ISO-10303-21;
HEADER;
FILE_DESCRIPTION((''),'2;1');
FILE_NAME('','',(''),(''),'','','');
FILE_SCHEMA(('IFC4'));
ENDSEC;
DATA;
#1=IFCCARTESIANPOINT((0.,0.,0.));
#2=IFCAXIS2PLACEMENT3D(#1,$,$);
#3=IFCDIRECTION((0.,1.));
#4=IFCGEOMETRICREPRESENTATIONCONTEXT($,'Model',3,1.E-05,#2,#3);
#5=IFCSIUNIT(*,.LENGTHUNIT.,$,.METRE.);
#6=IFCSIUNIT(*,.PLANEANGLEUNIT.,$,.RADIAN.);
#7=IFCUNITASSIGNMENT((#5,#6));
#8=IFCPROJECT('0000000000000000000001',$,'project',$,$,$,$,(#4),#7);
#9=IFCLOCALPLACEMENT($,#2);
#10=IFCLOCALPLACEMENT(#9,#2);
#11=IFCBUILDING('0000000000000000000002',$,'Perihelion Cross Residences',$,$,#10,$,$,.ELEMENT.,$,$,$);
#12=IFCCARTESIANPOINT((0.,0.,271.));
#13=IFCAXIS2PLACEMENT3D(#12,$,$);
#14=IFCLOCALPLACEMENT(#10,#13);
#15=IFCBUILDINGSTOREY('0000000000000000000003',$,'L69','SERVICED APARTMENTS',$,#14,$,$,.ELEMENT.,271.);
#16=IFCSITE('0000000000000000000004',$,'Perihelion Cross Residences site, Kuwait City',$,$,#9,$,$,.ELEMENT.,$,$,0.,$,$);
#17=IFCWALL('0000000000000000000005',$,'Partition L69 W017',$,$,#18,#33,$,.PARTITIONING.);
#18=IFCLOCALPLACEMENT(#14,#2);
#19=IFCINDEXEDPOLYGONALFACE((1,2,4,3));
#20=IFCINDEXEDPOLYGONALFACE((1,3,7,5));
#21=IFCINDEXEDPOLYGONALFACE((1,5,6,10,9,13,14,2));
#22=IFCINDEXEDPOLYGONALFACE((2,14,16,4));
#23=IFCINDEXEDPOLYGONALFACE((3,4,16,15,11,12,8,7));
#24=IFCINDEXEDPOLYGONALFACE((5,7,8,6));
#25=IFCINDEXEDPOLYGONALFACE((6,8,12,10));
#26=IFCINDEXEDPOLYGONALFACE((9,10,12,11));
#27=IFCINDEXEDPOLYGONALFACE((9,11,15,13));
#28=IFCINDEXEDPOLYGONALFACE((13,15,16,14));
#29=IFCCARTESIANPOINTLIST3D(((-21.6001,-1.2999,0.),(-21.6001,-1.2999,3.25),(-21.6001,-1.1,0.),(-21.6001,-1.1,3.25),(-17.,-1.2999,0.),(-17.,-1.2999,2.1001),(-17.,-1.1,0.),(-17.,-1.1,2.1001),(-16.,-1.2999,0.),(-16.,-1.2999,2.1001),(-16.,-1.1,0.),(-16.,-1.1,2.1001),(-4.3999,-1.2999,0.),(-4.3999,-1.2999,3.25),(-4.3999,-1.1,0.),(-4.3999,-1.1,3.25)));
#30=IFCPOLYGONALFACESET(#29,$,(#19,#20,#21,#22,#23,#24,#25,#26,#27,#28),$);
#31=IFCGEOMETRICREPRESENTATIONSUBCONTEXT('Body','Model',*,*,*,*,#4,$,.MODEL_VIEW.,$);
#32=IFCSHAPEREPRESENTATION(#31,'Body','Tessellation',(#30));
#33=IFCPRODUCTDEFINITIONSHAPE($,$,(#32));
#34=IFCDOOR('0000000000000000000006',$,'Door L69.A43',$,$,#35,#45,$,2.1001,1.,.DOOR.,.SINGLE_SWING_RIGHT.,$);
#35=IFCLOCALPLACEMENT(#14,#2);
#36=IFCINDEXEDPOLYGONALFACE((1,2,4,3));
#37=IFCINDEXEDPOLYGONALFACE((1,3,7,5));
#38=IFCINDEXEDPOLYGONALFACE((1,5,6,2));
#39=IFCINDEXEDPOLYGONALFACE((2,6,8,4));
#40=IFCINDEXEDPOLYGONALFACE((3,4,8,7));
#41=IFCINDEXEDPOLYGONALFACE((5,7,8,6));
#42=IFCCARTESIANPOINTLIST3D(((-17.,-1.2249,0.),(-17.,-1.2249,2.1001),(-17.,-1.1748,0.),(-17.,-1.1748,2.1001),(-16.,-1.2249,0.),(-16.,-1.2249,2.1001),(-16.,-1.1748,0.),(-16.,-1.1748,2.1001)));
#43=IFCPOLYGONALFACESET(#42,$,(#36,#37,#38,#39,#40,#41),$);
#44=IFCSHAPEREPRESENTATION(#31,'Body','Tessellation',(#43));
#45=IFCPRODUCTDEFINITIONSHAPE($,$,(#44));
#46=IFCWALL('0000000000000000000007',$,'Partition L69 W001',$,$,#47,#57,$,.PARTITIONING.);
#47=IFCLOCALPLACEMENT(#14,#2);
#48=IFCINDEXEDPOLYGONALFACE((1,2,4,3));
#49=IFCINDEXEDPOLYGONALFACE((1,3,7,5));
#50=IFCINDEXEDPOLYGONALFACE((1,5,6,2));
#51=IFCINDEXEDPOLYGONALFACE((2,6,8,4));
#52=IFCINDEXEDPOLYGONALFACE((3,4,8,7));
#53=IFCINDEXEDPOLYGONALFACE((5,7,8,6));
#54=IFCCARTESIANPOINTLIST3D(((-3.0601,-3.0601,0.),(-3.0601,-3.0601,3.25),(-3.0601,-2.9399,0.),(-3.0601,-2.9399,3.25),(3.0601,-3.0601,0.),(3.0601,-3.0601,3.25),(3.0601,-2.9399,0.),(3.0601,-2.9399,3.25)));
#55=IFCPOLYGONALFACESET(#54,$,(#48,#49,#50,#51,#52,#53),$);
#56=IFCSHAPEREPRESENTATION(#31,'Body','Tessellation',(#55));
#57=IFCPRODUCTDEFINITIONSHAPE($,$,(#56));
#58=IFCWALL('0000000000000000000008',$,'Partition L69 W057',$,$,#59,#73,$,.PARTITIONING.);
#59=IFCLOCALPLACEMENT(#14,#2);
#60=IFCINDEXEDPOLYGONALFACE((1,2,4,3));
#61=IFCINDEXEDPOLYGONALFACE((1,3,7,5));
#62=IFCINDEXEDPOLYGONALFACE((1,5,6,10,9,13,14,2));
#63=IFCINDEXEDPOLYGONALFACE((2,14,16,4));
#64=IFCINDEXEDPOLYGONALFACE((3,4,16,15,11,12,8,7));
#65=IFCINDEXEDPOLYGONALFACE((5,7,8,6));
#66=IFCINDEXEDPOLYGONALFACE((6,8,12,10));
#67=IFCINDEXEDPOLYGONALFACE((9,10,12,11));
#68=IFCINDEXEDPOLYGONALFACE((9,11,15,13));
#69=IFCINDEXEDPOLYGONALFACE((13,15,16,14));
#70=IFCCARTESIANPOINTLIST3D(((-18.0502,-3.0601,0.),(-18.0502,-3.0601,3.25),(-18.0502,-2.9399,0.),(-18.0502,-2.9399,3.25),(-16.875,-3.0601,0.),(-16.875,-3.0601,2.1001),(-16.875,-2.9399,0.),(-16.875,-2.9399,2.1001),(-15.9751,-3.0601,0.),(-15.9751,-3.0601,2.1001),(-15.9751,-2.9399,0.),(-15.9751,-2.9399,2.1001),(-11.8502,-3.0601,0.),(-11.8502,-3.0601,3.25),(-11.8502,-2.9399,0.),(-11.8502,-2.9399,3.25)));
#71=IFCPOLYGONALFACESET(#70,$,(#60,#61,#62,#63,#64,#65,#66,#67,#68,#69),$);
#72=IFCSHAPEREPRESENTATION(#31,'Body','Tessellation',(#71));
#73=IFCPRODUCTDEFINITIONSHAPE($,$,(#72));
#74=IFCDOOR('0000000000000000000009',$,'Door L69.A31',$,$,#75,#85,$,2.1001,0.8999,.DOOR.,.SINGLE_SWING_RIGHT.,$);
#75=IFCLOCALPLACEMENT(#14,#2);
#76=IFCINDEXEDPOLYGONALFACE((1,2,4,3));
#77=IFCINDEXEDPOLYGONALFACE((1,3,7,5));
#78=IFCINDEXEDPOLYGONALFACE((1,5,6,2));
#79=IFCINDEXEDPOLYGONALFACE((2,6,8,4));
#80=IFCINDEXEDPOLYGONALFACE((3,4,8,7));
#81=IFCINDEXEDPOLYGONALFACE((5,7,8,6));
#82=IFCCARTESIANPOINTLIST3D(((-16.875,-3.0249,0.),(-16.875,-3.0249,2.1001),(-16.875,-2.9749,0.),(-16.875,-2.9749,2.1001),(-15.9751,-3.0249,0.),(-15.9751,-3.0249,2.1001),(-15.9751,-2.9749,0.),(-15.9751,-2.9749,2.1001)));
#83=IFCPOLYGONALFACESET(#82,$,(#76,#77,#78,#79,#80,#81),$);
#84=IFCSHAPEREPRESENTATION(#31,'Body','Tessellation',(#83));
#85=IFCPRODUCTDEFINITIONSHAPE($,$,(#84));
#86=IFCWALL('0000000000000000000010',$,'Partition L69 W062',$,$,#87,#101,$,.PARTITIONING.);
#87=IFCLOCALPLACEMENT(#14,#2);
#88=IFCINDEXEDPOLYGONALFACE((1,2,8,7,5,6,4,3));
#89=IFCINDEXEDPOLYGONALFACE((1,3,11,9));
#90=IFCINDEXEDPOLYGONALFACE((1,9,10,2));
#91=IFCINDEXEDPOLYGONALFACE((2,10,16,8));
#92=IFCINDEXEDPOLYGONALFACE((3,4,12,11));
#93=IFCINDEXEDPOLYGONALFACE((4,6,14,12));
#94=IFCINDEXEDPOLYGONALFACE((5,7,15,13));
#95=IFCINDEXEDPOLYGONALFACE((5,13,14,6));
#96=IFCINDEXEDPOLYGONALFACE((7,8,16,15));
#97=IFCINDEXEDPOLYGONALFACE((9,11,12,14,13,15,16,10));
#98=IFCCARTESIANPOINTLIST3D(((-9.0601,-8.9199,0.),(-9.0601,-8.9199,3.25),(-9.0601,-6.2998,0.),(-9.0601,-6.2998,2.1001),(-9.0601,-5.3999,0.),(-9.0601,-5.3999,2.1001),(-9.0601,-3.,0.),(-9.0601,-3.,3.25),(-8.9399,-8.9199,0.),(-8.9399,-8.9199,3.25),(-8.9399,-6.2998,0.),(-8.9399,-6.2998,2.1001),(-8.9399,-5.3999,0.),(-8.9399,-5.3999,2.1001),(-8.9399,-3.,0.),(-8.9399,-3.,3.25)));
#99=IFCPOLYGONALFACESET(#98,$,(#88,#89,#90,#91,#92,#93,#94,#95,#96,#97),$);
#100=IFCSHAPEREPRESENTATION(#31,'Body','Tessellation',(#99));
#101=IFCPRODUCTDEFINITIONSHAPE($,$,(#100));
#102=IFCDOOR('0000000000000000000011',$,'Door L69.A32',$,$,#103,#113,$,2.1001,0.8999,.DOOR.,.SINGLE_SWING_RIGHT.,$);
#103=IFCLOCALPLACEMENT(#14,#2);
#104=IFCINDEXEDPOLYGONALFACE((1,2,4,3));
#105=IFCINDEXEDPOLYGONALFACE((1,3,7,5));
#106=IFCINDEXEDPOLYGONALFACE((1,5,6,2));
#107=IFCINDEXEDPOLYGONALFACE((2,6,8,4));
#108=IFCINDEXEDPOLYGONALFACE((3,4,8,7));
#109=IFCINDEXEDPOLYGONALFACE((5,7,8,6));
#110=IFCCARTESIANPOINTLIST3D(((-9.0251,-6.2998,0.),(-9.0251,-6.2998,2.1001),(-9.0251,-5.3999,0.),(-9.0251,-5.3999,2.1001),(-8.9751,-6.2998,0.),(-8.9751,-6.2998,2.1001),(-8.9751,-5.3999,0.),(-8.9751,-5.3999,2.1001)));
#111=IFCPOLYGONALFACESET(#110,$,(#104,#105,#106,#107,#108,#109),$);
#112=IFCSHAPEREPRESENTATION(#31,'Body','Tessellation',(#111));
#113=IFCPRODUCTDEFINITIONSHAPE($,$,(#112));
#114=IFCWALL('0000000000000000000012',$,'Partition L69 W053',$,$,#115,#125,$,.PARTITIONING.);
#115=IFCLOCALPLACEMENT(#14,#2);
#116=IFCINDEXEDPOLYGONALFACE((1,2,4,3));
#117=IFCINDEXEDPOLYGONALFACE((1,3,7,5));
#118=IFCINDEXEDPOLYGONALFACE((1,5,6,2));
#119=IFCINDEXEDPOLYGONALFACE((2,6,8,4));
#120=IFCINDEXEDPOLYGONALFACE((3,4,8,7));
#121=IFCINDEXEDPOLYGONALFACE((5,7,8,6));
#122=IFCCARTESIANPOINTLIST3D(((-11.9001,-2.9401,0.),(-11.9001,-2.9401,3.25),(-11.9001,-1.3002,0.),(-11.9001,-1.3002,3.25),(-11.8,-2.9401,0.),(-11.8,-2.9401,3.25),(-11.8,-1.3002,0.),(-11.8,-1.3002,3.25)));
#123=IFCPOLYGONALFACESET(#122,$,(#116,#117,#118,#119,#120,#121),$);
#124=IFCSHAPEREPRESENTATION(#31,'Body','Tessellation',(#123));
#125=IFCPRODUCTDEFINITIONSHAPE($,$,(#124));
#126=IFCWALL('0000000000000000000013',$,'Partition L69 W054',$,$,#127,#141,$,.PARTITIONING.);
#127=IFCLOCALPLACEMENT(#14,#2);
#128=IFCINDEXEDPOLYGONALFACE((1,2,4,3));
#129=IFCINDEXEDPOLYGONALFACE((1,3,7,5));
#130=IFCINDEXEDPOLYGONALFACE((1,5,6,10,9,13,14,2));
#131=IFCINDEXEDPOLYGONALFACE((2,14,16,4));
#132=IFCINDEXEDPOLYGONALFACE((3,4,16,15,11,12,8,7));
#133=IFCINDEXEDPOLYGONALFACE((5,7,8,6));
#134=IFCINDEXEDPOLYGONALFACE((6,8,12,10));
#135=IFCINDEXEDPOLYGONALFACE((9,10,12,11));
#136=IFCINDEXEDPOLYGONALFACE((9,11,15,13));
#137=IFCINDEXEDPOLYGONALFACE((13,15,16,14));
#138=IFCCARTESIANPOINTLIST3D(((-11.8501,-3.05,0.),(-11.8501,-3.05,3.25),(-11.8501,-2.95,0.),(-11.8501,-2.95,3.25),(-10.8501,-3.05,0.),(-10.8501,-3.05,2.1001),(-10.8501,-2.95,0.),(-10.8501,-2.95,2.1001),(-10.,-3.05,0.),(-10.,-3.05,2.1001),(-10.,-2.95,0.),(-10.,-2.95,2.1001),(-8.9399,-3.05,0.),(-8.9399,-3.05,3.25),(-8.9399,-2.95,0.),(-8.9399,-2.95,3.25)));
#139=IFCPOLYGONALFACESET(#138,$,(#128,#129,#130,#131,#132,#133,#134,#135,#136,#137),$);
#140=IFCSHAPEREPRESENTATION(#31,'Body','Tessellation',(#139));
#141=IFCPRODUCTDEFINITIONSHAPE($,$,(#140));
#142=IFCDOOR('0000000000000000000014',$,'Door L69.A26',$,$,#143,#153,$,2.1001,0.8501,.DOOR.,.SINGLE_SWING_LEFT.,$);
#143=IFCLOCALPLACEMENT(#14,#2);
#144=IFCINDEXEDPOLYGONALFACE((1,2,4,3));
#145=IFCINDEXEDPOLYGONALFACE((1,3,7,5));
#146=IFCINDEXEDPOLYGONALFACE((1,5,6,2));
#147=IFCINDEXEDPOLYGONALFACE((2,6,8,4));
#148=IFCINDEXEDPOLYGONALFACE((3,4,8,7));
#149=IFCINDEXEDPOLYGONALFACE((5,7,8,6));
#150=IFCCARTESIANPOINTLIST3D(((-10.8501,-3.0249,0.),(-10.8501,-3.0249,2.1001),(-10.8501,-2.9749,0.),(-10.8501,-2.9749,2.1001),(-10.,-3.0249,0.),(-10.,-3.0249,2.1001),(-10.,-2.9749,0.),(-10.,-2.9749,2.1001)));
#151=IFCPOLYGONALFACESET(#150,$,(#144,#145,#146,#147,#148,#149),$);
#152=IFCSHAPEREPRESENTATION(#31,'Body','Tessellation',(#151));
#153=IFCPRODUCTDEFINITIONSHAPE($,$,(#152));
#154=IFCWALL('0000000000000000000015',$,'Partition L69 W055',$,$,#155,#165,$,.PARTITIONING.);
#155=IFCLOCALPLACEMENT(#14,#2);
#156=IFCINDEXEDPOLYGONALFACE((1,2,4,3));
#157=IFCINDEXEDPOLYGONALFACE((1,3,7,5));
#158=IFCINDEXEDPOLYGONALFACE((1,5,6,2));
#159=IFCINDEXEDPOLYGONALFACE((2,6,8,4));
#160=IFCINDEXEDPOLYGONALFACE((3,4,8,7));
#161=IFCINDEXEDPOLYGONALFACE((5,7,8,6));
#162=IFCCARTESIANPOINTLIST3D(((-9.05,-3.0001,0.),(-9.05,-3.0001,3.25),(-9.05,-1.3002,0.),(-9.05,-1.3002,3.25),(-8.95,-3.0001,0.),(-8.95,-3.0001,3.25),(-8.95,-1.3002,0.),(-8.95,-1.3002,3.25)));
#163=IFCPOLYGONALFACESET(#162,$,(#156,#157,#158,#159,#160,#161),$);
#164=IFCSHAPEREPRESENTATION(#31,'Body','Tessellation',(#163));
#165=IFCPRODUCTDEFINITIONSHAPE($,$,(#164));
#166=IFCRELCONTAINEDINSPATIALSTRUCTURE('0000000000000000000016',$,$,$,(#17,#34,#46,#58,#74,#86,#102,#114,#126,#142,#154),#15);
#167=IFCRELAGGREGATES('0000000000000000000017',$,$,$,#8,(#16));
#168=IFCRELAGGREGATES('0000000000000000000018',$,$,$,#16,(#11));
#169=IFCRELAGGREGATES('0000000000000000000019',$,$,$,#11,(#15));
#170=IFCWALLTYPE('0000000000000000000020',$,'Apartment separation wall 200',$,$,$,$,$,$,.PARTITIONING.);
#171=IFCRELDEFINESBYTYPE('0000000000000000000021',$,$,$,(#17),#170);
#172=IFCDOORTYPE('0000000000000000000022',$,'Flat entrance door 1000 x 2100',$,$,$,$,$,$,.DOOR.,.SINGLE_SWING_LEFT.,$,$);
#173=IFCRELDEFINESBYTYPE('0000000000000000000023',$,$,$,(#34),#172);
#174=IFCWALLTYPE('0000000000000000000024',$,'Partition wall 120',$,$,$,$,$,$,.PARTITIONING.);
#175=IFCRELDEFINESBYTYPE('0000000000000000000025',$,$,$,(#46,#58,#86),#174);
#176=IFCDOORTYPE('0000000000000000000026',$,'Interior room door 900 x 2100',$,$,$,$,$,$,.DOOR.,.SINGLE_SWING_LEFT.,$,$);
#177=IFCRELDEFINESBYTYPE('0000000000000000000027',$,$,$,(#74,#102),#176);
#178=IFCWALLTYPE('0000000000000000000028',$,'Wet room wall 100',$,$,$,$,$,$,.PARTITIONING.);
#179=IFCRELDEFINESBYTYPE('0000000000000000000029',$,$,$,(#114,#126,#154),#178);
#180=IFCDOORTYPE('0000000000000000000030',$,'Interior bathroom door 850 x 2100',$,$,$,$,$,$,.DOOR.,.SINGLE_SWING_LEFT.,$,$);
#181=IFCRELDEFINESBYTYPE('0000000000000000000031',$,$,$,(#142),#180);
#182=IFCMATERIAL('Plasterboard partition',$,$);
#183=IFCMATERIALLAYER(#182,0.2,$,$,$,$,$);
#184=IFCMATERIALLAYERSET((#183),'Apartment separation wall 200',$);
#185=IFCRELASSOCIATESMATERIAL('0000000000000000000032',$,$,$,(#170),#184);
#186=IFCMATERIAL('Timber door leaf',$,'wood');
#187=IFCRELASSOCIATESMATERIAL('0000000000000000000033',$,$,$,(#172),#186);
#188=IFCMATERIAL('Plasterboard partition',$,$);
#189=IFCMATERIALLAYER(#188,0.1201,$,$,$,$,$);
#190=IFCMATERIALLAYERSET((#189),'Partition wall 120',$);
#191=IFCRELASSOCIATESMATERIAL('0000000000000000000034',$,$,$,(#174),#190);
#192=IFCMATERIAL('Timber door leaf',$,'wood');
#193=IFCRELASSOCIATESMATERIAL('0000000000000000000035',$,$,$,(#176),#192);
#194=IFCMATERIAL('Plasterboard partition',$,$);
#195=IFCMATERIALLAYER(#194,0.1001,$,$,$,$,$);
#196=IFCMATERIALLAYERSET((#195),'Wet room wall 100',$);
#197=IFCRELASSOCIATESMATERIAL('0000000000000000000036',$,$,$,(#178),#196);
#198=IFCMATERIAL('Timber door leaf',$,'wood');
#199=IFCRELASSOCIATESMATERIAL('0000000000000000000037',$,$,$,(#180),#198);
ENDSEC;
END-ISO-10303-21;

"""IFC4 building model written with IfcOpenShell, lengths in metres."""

from ifc_helpers import new_model, si_unit, direction, frame, frame_2d, origin, place, context, subcontext, project, spatial, rectangle, extrude, material, layer, layer_set, type_object, element, fill, save


model = new_model("IFC4")

# Units and contexts
model_context = context("Model", 3, precision=1e-05, world=origin(), true_north=direction((0.0, 1.0)))
body_context = subcontext(model_context, "Body", "Model", "MODEL_VIEW")
ifc_project = project(units=[si_unit("LENGTHUNIT", "METRE"), si_unit("PLANEANGLEUNIT", "RADIAN")], contexts=[model_context])

# Site, building, storey
site_placement = place(None, origin())
site = spatial("IfcSite", under=ifc_project, at=site_placement, Name="Perihelion Cross Residences site, Kuwait City", CompositionType="ELEMENT", RefElevation=0.0)
building_placement = place(site_placement, origin())
building = spatial("IfcBuilding", under=site, at=building_placement, Name="Perihelion Cross Residences", CompositionType="ELEMENT")
storey_placement = place(building_placement, frame((0.0, 0.0, 271.0)))
storey = spatial("IfcBuildingStorey", under=building, at=storey_placement, Name="L69", Description="SERVICED APARTMENTS", CompositionType="ELEMENT", Elevation=271.0)

# Wall, opening, door
ifc_material_1 = material(Name="Plasterboard partition")
ifc_layer_1 = layer(ifc_material_1, 0.2)
ifc_layer_set_1 = layer_set([ifc_layer_1], Name="Apartment separation wall 200")
wall_type_1 = type_object("IfcWallType", Name="Apartment separation wall 200", PredefinedType="PARTITIONING", material=ifc_layer_set_1)
wall_1_placement = place(storey_placement, frame((-4.3999, -1.2, 0.0), z_axis=(0.0, 0.0, 1.0), x_axis=(-1.0, 0.0, 0.0)))
wall_1 = element("IfcWall", 1, at=wall_1_placement, inside=storey, type_object=wall_type_1, Name="Partition L69 W017", PredefinedType="PARTITIONING", context=body_context, shape_type="SweptSolid", body=[
    extrude(rectangle(XDim=17.2002, YDim=0.2, at=frame_2d((8.6001, 0.0))), origin(), (0.0, 0.0, 1.0), 3.25),
])
opening_1_placement = place(wall_1_placement, frame((11.6001, 0.0, 0.0)))
opening_1 = element("IfcOpeningElement", 2, at=opening_1_placement, cuts=wall_1, PredefinedType="OPENING", context=body_context, shape_type="SweptSolid", body=[
    extrude(rectangle(XDim=1.0, YDim=2.1001, at=frame_2d((0.5, 1.05))), frame((0.0, 0.1099, 0.0), z_axis=(0.0, -1.0, 0.0), x_axis=(1.0, 0.0, 0.0)), (0.0, 0.0, 1.0), 0.22),
])
ifc_material_2 = material(Name="Timber door leaf", Category="wood")
door_type_1 = type_object("IfcDoorType", Name="Flat entrance door 1000 x 2100", OperationType="SINGLE_SWING_LEFT", PredefinedType="DOOR", material=ifc_material_2)
door_1_placement = place(opening_1_placement, origin())
door_1 = element("IfcDoor", 3, at=door_1_placement, inside=storey, type_object=door_type_1, Name="Door L69.A43", OperationType="SINGLE_SWING_RIGHT", OverallHeight=2.1001, OverallWidth=1.0, PredefinedType="DOOR", context=body_context, shape_type="SweptSolid", body=[
    extrude(rectangle(XDim=1.0, YDim=2.1001, at=frame_2d((0.5, 1.05))), frame((0.0, 0.0249, 0.0), z_axis=(0.0, -1.0, 0.0), x_axis=(1.0, 0.0, 0.0)), (0.0, 0.0, 1.0), 0.05),
])
fill(opening_1, door_1)

# Wall
ifc_material_3 = material(Name="Plasterboard partition")
ifc_layer_2 = layer(ifc_material_3, 0.1201)
ifc_layer_set_2 = layer_set([ifc_layer_2], Name="Partition wall 120")
wall_type_2 = type_object("IfcWallType", Name="Partition wall 120", PredefinedType="PARTITIONING", material=ifc_layer_set_2)
wall_2_placement = place(storey_placement, frame((-3.0601, -3.0, 0.0), z_axis=(0.0, 0.0, 1.0), x_axis=(1.0, 0.0, 0.0)))
element("IfcWall", 4, at=wall_2_placement, inside=storey, type_object=wall_type_2, Name="Partition L69 W001", PredefinedType="PARTITIONING", context=body_context, shape_type="SweptSolid", body=[
    extrude(rectangle(XDim=6.1201, YDim=0.1201, at=frame_2d((3.0601, 0.0))), origin(), (0.0, 0.0, 1.0), 3.25),
])

# Walls, openings, doors
wall_3_placement = place(storey_placement, frame((-11.8501, -3.0, 0.0), z_axis=(0.0, 0.0, 1.0), x_axis=(-1.0, 0.0, 0.0)))
wall_3 = element("IfcWall", 5, at=wall_3_placement, inside=storey, type_object=wall_type_2, Name="Partition L69 W057", PredefinedType="PARTITIONING", context=body_context, shape_type="SweptSolid", body=[
    extrude(rectangle(XDim=6.2, YDim=0.1201, at=frame_2d((3.1001, 0.0))), origin(), (0.0, 0.0, 1.0), 3.25),
])
opening_2_placement = place(wall_3_placement, frame((4.125, 0.0, 0.0)))
opening_2 = element("IfcOpeningElement", 6, at=opening_2_placement, cuts=wall_3, PredefinedType="OPENING", context=body_context, shape_type="SweptSolid", body=[
    extrude(rectangle(XDim=0.8999, YDim=2.1001, at=frame_2d((0.45, 1.05))), frame((0.0, 0.0701, 0.0), z_axis=(0.0, -1.0, 0.0), x_axis=(1.0, 0.0, 0.0)), (0.0, 0.0, 1.0), 0.1401),
])
ifc_material_4 = material(Name="Timber door leaf", Category="wood")
door_type_2 = type_object("IfcDoorType", Name="Interior room door 900 x 2100", OperationType="SINGLE_SWING_LEFT", PredefinedType="DOOR", material=ifc_material_4)
door_2_placement = place(opening_2_placement, origin())
door_2 = element("IfcDoor", 7, at=door_2_placement, inside=storey, type_object=door_type_2, Name="Door L69.A31", OperationType="SINGLE_SWING_RIGHT", OverallHeight=2.1001, OverallWidth=0.8999, PredefinedType="DOOR", context=body_context, shape_type="SweptSolid", body=[
    extrude(rectangle(XDim=0.8999, YDim=2.1001, at=frame_2d((0.45, 1.05))), frame((0.0, 0.0249, 0.0), z_axis=(0.0, -1.0, 0.0), x_axis=(1.0, 0.0, 0.0)), (0.0, 0.0, 1.0), 0.05),
])
fill(opening_2, door_2)
wall_4_placement = place(storey_placement, frame((-9.0, -3.0, 0.0), z_axis=(0.0, 0.0, 1.0), x_axis=(0.0, -1.0, 0.0)))
wall_4 = element("IfcWall", 8, at=wall_4_placement, inside=storey, type_object=wall_type_2, Name="Partition L69 W062", PredefinedType="PARTITIONING", context=body_context, shape_type="SweptSolid", body=[
    extrude(rectangle(XDim=5.9199, YDim=0.1201, at=frame_2d((2.96, 0.0))), origin(), (0.0, 0.0, 1.0), 3.25),
])
opening_3_placement = place(wall_4_placement, frame((2.3999, 0.0, 0.0)))
opening_3 = element("IfcOpeningElement", 9, at=opening_3_placement, cuts=wall_4, PredefinedType="OPENING", context=body_context, shape_type="SweptSolid", body=[
    extrude(rectangle(XDim=0.8999, YDim=2.1001, at=frame_2d((0.45, 1.05))), frame((0.0, 0.0701, 0.0), z_axis=(0.0, -1.0, 0.0), x_axis=(1.0, 0.0, 0.0)), (0.0, 0.0, 1.0), 0.1401),
])
door_3_placement = place(opening_3_placement, origin())
door_3 = element("IfcDoor", 10, at=door_3_placement, inside=storey, type_object=door_type_2, Name="Door L69.A32", OperationType="SINGLE_SWING_RIGHT", OverallHeight=2.1001, OverallWidth=0.8999, PredefinedType="DOOR", context=body_context, shape_type="SweptSolid", body=[
    extrude(rectangle(XDim=0.8999, YDim=2.1001, at=frame_2d((0.45, 1.05))), frame((0.0, 0.0249, 0.0), z_axis=(0.0, -1.0, 0.0), x_axis=(1.0, 0.0, 0.0)), (0.0, 0.0, 1.0), 0.05),
])
fill(opening_3, door_3)

# Wall
ifc_material_5 = material(Name="Plasterboard partition")
ifc_layer_3 = layer(ifc_material_5, 0.1001)
ifc_layer_set_3 = layer_set([ifc_layer_3], Name="Wet room wall 100")
wall_type_3 = type_object("IfcWallType", Name="Wet room wall 100", PredefinedType="PARTITIONING", material=ifc_layer_set_3)
wall_5_placement = place(storey_placement, frame((-11.8501, -2.9399, 0.0), z_axis=(0.0, 0.0, 1.0), x_axis=(0.0, 1.0, 0.0)))
element("IfcWall", 11, at=wall_5_placement, inside=storey, type_object=wall_type_3, Name="Partition L69 W053", PredefinedType="PARTITIONING", context=body_context, shape_type="SweptSolid", body=[
    extrude(rectangle(XDim=1.6399, YDim=0.1001, at=frame_2d((0.8198, 0.0))), origin(), (0.0, 0.0, 1.0), 3.25),
])

# Wall, opening, door
wall_6_placement = place(storey_placement, frame((-8.9399, -3.0, 0.0), z_axis=(0.0, 0.0, 1.0), x_axis=(-1.0, 0.0, 0.0)))
wall_6 = element("IfcWall", 12, at=wall_6_placement, inside=storey, type_object=wall_type_3, Name="Partition L69 W054", PredefinedType="PARTITIONING", context=body_context, shape_type="SweptSolid", body=[
    extrude(rectangle(XDim=2.9102, YDim=0.1001, at=frame_2d((1.4551, 0.0))), origin(), (0.0, 0.0, 1.0), 3.25),
])
opening_4_placement = place(wall_6_placement, frame((1.0601, 0.0, 0.0)))
opening_4 = element("IfcOpeningElement", 13, at=opening_4_placement, cuts=wall_6, PredefinedType="OPENING", context=body_context, shape_type="SweptSolid", body=[
    extrude(rectangle(XDim=0.8501, YDim=2.1001, at=frame_2d((0.425, 1.05))), frame((0.0, 0.0601, 0.0), z_axis=(0.0, -1.0, 0.0), x_axis=(1.0, 0.0, 0.0)), (0.0, 0.0, 1.0), 0.1201),
])
ifc_material_6 = material(Name="Timber door leaf", Category="wood")
door_type_3 = type_object("IfcDoorType", Name="Interior bathroom door 850 x 2100", OperationType="SINGLE_SWING_LEFT", PredefinedType="DOOR", material=ifc_material_6)
door_4_placement = place(opening_4_placement, origin())
door_4 = element("IfcDoor", 14, at=door_4_placement, inside=storey, type_object=door_type_3, Name="Door L69.A26", OperationType="SINGLE_SWING_LEFT", OverallHeight=2.1001, OverallWidth=0.8501, PredefinedType="DOOR", context=body_context, shape_type="SweptSolid", body=[
    extrude(rectangle(XDim=0.8501, YDim=2.1001, at=frame_2d((0.425, 1.05))), frame((0.0, 0.0249, 0.0), z_axis=(0.0, -1.0, 0.0), x_axis=(1.0, 0.0, 0.0)), (0.0, 0.0, 1.0), 0.05),
])
fill(opening_4, door_4)

# Wall
wall_7_placement = place(storey_placement, frame((-9.0, -1.3, 0.0), z_axis=(0.0, 0.0, 1.0), x_axis=(0.0, -1.0, 0.0)))
element("IfcWall", 15, at=wall_7_placement, inside=storey, type_object=wall_type_3, Name="Partition L69 W055", PredefinedType="PARTITIONING", context=body_context, shape_type="SweptSolid", body=[
    extrude(rectangle(XDim=1.7, YDim=0.1001, at=frame_2d((0.8501, 0.0))), origin(), (0.0, 0.0, 1.0), 3.25),
])

save(model, "model.ifc")
